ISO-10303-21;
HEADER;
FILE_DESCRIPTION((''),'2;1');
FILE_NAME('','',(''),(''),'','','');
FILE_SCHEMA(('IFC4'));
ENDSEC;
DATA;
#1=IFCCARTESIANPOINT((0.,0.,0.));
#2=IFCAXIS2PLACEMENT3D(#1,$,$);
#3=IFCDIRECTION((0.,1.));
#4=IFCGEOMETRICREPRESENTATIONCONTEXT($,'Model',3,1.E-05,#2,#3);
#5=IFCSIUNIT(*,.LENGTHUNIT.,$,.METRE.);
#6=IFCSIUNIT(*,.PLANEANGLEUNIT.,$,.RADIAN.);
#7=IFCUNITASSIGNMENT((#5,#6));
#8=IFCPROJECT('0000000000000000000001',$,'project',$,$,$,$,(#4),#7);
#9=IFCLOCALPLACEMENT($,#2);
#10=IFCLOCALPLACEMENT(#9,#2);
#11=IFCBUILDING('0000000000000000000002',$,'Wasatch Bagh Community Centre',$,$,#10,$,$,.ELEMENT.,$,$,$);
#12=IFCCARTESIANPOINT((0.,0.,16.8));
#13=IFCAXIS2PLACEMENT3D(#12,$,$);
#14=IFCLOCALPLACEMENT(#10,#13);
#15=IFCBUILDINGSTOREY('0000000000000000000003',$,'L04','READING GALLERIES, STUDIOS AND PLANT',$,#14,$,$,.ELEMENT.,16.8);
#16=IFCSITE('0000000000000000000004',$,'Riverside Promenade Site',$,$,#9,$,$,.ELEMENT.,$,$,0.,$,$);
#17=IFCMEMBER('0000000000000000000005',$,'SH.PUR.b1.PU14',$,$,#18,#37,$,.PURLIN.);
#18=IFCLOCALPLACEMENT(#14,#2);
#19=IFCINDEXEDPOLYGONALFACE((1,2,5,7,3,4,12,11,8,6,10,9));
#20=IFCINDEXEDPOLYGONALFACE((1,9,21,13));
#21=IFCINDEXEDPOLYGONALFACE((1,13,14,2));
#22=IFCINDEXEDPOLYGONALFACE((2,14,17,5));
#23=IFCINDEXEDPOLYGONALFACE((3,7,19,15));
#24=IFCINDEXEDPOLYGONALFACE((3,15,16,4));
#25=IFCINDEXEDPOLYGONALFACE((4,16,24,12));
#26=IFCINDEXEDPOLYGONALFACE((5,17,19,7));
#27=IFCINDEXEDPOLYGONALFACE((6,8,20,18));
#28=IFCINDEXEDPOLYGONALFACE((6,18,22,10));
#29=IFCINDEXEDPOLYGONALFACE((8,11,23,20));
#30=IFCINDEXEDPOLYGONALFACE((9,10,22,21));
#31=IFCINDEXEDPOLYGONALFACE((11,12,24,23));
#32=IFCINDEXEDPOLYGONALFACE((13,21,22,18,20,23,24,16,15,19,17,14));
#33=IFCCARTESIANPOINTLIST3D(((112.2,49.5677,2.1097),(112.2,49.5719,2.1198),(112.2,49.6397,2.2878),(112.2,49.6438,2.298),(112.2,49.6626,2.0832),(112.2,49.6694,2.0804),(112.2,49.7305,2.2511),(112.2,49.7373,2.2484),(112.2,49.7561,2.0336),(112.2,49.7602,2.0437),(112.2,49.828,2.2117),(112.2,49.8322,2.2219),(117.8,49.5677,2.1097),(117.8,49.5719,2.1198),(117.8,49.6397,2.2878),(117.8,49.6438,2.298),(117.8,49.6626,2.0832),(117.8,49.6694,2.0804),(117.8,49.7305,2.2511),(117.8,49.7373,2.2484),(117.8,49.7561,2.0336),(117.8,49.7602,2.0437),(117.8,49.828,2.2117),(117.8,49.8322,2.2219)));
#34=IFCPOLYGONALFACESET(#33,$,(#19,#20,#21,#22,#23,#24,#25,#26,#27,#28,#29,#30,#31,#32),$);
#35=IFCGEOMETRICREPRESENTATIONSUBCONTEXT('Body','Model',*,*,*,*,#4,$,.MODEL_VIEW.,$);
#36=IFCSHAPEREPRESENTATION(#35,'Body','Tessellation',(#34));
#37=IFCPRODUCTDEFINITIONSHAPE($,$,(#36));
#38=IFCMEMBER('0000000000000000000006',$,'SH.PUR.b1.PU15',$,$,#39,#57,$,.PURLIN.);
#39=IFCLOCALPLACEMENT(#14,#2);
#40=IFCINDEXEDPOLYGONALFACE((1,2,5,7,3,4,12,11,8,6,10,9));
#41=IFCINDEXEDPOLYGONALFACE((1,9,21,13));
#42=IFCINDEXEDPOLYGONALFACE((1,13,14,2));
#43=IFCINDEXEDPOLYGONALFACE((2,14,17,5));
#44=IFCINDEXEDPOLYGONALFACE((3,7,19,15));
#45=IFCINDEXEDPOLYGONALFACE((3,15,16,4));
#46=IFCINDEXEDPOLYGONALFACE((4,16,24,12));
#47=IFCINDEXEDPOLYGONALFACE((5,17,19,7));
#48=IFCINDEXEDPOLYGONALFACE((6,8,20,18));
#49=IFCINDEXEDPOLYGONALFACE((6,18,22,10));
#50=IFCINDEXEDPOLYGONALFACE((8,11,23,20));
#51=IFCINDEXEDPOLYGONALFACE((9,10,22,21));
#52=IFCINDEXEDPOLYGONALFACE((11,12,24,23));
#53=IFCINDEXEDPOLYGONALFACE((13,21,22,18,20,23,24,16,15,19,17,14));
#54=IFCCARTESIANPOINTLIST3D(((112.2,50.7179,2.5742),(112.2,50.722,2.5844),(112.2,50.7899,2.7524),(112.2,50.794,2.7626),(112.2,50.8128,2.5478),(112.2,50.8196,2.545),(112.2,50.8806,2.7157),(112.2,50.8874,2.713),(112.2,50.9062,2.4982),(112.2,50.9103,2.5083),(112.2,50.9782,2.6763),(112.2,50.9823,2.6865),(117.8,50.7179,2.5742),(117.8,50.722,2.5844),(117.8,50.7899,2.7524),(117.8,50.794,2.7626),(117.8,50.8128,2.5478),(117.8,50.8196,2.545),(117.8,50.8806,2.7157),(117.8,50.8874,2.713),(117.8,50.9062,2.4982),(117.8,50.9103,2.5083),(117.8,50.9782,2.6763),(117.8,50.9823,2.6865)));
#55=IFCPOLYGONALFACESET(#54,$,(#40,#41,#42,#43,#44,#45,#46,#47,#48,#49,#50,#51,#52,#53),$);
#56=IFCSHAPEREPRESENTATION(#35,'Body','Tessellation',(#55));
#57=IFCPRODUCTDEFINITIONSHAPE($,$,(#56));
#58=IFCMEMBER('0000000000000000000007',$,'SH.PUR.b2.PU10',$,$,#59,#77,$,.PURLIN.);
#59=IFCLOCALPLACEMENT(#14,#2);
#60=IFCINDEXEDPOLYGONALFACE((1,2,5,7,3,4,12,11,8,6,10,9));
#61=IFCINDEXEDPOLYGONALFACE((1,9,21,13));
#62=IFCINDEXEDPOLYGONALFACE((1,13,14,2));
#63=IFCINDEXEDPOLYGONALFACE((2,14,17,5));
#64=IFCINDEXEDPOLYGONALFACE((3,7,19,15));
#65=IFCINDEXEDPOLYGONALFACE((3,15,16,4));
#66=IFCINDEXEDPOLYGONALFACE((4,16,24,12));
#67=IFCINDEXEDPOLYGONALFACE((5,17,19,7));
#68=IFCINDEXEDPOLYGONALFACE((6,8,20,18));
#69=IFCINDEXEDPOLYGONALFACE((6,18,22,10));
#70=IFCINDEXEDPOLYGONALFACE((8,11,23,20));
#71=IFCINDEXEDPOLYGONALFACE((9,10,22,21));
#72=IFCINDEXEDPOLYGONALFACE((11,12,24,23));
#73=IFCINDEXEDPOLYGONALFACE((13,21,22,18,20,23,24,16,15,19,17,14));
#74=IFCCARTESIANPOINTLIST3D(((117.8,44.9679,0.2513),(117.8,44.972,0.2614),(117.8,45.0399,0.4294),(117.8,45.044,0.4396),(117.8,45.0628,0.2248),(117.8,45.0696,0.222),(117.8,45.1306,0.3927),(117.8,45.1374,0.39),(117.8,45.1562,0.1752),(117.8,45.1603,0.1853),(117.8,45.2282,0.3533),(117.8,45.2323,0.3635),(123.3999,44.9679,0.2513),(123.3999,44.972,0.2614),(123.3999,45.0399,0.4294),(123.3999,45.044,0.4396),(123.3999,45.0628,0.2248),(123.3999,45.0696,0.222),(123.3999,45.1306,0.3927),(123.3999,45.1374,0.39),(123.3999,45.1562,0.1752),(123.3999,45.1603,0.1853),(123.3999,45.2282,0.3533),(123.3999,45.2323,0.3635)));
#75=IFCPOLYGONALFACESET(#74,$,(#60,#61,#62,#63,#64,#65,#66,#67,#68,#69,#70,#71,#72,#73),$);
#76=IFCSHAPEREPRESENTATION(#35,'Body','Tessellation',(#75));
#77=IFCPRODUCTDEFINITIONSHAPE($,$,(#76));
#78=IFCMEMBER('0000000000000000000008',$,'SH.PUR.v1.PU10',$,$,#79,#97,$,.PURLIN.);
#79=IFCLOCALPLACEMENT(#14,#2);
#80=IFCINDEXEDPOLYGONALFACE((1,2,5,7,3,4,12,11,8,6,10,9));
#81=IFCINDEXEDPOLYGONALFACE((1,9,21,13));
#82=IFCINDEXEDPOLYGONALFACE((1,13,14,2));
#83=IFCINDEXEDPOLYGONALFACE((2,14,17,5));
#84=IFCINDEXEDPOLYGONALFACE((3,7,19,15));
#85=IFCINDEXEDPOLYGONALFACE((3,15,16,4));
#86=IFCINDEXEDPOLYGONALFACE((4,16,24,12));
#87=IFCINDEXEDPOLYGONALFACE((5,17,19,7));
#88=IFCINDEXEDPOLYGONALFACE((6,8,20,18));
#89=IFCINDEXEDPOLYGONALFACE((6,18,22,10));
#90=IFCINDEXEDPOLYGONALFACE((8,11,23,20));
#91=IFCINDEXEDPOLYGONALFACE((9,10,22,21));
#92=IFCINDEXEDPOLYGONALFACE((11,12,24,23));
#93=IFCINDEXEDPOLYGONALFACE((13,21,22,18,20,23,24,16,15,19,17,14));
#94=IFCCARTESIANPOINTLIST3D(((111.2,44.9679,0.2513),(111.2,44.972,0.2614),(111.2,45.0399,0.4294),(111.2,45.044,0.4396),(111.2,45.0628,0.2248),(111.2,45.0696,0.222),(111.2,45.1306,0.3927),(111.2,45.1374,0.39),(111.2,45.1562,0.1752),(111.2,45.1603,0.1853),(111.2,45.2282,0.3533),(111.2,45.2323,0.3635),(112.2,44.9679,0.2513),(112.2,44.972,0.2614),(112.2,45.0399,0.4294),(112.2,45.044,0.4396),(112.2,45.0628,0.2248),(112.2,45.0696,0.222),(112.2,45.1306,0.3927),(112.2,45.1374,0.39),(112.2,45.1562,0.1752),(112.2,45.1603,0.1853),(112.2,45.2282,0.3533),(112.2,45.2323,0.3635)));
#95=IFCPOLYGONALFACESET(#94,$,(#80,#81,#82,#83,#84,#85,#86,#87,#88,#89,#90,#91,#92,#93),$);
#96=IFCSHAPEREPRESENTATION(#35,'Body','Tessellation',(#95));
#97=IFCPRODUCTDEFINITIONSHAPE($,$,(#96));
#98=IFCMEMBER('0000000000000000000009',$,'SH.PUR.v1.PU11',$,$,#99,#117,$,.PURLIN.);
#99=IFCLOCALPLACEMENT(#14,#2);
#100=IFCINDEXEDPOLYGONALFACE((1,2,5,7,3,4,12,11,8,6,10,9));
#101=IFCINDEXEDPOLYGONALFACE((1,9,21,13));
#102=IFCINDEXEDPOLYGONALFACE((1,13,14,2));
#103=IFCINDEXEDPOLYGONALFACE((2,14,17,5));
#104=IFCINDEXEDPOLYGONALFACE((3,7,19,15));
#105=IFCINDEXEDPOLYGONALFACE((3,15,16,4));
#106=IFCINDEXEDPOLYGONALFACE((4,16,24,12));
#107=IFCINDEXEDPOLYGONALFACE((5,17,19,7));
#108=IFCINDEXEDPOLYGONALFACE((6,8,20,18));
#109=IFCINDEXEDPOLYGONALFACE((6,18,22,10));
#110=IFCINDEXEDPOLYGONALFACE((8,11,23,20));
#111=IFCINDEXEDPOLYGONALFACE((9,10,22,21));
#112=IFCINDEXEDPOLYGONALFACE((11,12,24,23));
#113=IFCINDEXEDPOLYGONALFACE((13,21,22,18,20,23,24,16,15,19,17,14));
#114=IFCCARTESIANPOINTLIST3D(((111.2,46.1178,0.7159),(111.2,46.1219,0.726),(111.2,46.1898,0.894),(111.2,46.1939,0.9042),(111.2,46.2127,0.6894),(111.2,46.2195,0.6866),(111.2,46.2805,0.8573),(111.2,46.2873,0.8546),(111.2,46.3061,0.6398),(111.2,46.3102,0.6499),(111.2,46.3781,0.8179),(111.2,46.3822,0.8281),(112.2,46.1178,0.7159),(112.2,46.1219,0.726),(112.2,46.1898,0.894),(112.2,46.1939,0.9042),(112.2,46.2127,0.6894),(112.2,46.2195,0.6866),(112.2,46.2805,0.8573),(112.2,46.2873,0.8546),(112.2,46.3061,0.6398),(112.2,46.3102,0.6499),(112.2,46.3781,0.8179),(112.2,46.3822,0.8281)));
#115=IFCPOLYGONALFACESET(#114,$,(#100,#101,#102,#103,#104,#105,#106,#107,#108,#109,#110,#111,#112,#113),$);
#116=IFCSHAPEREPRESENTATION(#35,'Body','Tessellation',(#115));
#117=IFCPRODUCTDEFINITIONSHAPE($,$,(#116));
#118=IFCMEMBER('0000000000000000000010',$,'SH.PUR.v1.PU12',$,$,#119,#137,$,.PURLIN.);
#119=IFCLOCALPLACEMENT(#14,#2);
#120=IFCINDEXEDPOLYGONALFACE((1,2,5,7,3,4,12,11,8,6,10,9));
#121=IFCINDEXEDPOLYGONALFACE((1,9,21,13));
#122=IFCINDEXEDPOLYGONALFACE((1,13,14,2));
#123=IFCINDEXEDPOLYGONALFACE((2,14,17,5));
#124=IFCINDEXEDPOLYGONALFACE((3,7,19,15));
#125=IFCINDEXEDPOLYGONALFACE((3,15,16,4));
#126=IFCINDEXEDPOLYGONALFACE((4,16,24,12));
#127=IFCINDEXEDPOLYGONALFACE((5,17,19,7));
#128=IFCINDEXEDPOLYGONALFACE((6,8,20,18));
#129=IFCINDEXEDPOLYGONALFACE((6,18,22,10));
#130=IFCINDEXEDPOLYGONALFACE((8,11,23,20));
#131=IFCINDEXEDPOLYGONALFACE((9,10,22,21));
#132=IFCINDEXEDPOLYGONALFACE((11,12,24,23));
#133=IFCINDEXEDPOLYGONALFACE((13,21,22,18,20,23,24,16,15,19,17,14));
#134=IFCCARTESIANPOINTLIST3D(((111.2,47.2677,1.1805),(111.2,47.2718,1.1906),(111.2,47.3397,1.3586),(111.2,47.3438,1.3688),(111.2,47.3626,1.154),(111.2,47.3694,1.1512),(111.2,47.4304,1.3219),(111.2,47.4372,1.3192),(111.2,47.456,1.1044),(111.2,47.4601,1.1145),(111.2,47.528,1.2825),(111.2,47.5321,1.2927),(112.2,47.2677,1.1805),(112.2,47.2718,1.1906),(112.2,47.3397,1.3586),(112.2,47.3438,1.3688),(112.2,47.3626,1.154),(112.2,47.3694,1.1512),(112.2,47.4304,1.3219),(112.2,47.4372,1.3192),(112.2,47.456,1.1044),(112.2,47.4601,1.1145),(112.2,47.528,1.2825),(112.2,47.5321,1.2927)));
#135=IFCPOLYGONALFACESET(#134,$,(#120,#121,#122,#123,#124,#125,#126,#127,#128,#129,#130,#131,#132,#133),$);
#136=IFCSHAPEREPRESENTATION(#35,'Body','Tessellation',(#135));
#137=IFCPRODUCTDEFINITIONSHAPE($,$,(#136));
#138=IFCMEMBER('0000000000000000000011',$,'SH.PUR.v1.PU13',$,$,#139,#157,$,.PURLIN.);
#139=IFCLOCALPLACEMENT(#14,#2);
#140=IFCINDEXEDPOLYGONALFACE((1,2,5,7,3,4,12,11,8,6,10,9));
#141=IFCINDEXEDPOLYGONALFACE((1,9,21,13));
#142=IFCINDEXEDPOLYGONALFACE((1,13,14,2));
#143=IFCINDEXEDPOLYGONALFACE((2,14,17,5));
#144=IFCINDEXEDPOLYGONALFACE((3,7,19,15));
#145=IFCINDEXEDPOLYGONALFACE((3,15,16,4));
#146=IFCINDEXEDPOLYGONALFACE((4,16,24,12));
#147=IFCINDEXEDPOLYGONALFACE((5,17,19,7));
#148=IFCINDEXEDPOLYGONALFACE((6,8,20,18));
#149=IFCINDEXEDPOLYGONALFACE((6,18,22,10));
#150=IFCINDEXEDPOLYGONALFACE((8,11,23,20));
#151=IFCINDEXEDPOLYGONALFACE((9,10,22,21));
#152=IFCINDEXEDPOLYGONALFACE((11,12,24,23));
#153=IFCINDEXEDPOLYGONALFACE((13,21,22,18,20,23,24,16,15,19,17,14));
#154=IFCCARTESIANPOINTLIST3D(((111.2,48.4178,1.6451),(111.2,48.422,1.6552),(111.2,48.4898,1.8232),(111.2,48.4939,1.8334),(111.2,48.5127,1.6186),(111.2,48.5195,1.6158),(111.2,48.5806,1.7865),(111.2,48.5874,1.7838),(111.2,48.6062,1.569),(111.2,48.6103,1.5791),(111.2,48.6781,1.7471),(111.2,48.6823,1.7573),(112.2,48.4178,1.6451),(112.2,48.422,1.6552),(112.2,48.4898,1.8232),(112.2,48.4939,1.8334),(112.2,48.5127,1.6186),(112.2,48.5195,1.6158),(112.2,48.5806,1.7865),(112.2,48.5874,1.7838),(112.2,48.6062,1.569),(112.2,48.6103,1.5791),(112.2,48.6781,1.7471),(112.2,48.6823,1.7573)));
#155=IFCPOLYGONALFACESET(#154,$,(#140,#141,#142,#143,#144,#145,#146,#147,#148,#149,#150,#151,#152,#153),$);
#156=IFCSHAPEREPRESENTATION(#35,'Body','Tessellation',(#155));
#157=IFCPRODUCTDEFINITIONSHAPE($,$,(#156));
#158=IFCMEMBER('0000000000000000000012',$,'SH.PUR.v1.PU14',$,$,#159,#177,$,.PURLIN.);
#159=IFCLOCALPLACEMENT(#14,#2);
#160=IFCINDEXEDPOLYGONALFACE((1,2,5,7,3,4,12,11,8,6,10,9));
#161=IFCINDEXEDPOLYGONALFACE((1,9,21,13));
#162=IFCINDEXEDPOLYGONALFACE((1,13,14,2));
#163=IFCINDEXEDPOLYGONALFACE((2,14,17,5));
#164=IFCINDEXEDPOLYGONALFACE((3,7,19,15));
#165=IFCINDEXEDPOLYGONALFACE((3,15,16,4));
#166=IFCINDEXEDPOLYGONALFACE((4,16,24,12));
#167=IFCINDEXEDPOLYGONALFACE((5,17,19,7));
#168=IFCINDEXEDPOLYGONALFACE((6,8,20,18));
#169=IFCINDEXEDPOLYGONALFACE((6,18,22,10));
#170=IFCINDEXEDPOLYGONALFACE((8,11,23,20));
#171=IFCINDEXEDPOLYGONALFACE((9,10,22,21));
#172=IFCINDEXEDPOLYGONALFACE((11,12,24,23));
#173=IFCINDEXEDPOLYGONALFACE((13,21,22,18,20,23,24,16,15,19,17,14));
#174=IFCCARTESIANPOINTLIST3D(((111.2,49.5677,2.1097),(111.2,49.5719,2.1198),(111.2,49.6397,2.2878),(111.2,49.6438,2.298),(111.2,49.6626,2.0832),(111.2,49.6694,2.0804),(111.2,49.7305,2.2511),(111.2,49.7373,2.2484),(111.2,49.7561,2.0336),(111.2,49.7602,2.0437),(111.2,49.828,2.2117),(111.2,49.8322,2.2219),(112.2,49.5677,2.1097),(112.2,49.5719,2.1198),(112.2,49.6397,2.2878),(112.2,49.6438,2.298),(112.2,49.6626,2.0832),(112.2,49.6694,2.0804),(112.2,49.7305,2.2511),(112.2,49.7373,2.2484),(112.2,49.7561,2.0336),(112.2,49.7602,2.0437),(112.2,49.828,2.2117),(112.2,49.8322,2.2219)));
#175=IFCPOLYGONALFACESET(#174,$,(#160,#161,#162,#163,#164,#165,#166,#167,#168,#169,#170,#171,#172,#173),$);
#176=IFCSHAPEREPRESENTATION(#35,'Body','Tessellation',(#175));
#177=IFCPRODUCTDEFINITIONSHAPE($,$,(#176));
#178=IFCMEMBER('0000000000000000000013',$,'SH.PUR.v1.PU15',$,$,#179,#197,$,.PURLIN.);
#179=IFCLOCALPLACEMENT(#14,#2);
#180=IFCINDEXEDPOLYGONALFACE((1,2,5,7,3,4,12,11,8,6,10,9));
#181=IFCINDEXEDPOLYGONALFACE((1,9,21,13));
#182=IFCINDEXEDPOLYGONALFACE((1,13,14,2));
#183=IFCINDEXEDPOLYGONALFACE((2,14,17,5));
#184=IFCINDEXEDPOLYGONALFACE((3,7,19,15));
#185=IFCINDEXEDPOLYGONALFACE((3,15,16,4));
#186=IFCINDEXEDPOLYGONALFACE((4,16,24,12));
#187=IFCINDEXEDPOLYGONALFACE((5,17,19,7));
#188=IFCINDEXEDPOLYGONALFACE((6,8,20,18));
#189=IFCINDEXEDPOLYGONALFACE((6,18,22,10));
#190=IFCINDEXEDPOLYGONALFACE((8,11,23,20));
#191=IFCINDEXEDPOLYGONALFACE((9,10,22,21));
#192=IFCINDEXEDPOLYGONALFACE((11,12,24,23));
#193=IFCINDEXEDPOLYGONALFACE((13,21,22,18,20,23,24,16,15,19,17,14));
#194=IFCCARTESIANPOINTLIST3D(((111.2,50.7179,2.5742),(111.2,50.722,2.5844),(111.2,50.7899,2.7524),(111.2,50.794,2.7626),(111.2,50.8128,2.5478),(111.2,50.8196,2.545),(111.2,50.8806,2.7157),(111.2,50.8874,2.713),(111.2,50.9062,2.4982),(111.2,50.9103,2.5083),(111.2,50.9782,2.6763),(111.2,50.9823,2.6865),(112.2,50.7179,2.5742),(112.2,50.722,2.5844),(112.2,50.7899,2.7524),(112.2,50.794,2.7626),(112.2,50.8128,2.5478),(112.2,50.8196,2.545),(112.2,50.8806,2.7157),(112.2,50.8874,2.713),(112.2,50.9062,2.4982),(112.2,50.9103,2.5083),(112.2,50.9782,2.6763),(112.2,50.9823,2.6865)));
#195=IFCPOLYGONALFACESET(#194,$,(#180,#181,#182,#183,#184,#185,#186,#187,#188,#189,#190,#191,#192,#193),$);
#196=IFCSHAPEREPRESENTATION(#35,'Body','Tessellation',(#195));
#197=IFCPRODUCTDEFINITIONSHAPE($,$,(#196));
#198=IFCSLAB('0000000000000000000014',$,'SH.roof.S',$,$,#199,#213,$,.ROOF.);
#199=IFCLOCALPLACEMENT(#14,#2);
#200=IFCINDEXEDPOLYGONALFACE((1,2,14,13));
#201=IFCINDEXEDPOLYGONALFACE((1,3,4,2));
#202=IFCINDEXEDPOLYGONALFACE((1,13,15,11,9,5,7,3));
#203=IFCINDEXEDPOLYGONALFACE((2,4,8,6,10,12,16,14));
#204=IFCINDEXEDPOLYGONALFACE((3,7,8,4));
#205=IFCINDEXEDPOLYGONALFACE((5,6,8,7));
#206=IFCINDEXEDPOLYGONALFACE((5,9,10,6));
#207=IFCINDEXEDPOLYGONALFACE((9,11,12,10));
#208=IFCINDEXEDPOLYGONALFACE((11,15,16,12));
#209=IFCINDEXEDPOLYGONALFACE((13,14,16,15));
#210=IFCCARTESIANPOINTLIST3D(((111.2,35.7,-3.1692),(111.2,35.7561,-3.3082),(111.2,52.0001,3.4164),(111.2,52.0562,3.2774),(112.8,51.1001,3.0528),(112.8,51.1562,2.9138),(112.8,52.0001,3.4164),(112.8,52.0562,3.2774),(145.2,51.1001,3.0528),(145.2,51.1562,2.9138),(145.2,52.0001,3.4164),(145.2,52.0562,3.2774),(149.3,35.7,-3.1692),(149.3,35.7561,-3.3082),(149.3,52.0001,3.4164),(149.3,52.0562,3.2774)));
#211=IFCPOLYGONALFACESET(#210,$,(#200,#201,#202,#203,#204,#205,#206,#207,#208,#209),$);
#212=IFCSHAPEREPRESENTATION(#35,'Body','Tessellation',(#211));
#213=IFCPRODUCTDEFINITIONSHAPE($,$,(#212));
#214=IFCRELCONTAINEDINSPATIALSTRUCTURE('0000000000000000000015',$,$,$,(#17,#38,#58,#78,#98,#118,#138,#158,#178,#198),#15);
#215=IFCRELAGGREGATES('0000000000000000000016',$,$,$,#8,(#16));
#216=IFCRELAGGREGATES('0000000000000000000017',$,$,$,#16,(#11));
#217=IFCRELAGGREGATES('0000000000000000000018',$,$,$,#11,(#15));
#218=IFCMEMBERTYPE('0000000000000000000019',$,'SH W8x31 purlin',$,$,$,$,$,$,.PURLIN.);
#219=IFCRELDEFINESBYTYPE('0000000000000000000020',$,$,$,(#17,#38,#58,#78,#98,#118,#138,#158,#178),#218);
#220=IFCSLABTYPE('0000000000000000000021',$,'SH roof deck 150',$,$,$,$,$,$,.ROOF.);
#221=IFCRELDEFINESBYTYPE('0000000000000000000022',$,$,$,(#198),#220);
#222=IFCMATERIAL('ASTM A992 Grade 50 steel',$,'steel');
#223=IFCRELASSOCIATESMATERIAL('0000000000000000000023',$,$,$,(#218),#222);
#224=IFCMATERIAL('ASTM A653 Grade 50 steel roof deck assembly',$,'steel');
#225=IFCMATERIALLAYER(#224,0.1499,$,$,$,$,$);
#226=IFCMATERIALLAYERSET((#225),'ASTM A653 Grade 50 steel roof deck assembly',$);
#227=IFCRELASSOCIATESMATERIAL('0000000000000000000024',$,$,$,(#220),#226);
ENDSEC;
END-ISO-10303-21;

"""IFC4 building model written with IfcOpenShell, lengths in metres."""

from ifc_helpers import new_model, si_unit, direction, frame, origin, origin_2d, place, context, subcontext, project, spatial, polyline, i_section, outline, extrude, material, layer, layer_set, material_profile, profile_set, type_object, element, save


model = new_model("IFC4")

# Units and contexts
model_context = context("Model", 3, precision=1e-05, world=origin(), true_north=direction((0.0, 1.0)))
body_context = subcontext(model_context, "Body", "Model", "MODEL_VIEW")
ifc_project = project(units=[si_unit("LENGTHUNIT", "METRE"), si_unit("PLANEANGLEUNIT", "RADIAN")], contexts=[model_context])

# Site, building, storey
site_placement = place(None, origin())
site = spatial("IfcSite", under=ifc_project, at=site_placement, Name="Riverside Promenade Site", CompositionType="ELEMENT", RefElevation=0.0)
building_placement = place(site_placement, origin())
building = spatial("IfcBuilding", under=site, at=building_placement, Name="Wasatch Bagh Community Centre", CompositionType="ELEMENT")
storey_placement = place(building_placement, frame((0.0, 0.0, 16.8)))
storey = spatial("IfcBuildingStorey", under=building, at=storey_placement, Name="L04", Description="READING GALLERIES, STUDIOS AND PLANT", CompositionType="ELEMENT", Elevation=16.8)

# Members
ifc_material_1 = material(Name="ASTM A992 Grade 50 steel", Category="steel")
ifc_material_profile_1 = material_profile(ifc_material_1, i_section(OverallWidth=0.2031, OverallDepth=0.2031, WebThickness=0.0073, FlangeThickness=0.011, at=origin_2d()), Name="W8x31")
ifc_profile_set_1 = profile_set([ifc_material_profile_1], Name="ASTM A992 Grade 50 steel")
member_type_1 = type_object("IfcMemberType", Name="SH W8x31 purlin", PredefinedType="PURLIN", material=ifc_profile_set_1)
for number, where, z_axis, x_axis, name in (
    (1, (112.2, 49.7, 2.1658), (1.0, 0.0, 0.0), (0.0, 0.927184, -0.374607), "SH.PUR.b1.PU14"),
    (2, (112.2, 50.8501, 2.6304), (1.0, 0.0, 0.0), (0.0, 0.927184, -0.374607), "SH.PUR.b1.PU15"),
):
    element("IfcMember", number, at=place(storey_placement, frame(where, z_axis=z_axis, x_axis=x_axis)), inside=storey, type_object=member_type_1, Name=name, PredefinedType="PURLIN", context=body_context, shape_type="SweptSolid", body=[
        extrude(i_section(OverallWidth=0.2031, OverallDepth=0.2031, WebThickness=0.0073, FlangeThickness=0.011, at=origin_2d()), origin(), (0.0, 0.0, 1.0), 5.6001),
    ])
member_1_placement = place(storey_placement, frame((117.8, 45.1001, 0.3074), z_axis=(1.0, 0.0, 0.0), x_axis=(0.0, 0.927184, -0.374607)))
element("IfcMember", 3, at=member_1_placement, inside=storey, type_object=member_type_1, Name="SH.PUR.b2.PU10", PredefinedType="PURLIN", context=body_context, shape_type="SweptSolid", body=[
    extrude(i_section(OverallWidth=0.2031, OverallDepth=0.2031, WebThickness=0.0073, FlangeThickness=0.011, at=origin_2d()), origin(), (0.0, 0.0, 1.0), 5.5999),
])
for number, where, z_axis, x_axis, name in (
    (4, (111.2, 45.1001, 0.3074), (1.0, 0.0, 0.0), (0.0, 0.927184, -0.374607), "SH.PUR.v1.PU10"),
    (5, (111.2, 46.25, 0.772), (1.0, 0.0, 0.0), (0.0, 0.927184, -0.374607), "SH.PUR.v1.PU11"),
    (6, (111.2, 47.3999, 1.2366), (1.0, 0.0, 0.0), (0.0, 0.927184, -0.374607), "SH.PUR.v1.PU12"),
    (7, (111.2, 48.55, 1.7012), (1.0, 0.0, 0.0), (0.0, 0.927184, -0.374607), "SH.PUR.v1.PU13"),
    (8, (111.2, 49.7, 2.1658), (1.0, 0.0, 0.0), (0.0, 0.927184, -0.374607), "SH.PUR.v1.PU14"),
    (9, (111.2, 50.8501, 2.6304), (1.0, 0.0, 0.0), (0.0, 0.927184, -0.374607), "SH.PUR.v1.PU15"),
):
    element("IfcMember", number, at=place(storey_placement, frame(where, z_axis=z_axis, x_axis=x_axis)), inside=storey, type_object=member_type_1, Name=name, PredefinedType="PURLIN", context=body_context, shape_type="SweptSolid", body=[
        extrude(i_section(OverallWidth=0.2031, OverallDepth=0.2031, WebThickness=0.0073, FlangeThickness=0.011, at=origin_2d()), origin(), (0.0, 0.0, 1.0), 1.0),
    ])

# Slab
ifc_material_2 = material(Name="ASTM A653 Grade 50 steel roof deck assembly", Category="steel")
ifc_layer_1 = layer(ifc_material_2, 0.1499)
ifc_layer_set_1 = layer_set([ifc_layer_1], Name="ASTM A653 Grade 50 steel roof deck assembly")
slab_type = type_object("IfcSlabType", Name="SH roof deck 150", PredefinedType="ROOF", material=ifc_layer_set_1)
slab_placement = place(storey_placement, frame((111.2, 35.7, -3.1692), z_axis=(0.0, -0.374601, 0.927186), x_axis=(1.0, 0.0, 0.0)))
element("IfcSlab", 10, at=slab_placement, inside=storey, type_object=slab_type, Name="SH.roof.S", PredefinedType="ROOF", context=body_context, shape_type="SweptSolid", body=[
    extrude(outline(polyline([(0.0, 0.0), (38.1001, 0.0), (38.1001, 17.5802), (34.0, 17.5802), (34.0, 16.6095), (1.6001, 16.6095), (1.6001, 17.5802), (0.0, 17.5802), (0.0, 0.0)])), origin(), (0.0, 0.0, -1.0), 0.1499),
])

save(model, "model.ifc")
